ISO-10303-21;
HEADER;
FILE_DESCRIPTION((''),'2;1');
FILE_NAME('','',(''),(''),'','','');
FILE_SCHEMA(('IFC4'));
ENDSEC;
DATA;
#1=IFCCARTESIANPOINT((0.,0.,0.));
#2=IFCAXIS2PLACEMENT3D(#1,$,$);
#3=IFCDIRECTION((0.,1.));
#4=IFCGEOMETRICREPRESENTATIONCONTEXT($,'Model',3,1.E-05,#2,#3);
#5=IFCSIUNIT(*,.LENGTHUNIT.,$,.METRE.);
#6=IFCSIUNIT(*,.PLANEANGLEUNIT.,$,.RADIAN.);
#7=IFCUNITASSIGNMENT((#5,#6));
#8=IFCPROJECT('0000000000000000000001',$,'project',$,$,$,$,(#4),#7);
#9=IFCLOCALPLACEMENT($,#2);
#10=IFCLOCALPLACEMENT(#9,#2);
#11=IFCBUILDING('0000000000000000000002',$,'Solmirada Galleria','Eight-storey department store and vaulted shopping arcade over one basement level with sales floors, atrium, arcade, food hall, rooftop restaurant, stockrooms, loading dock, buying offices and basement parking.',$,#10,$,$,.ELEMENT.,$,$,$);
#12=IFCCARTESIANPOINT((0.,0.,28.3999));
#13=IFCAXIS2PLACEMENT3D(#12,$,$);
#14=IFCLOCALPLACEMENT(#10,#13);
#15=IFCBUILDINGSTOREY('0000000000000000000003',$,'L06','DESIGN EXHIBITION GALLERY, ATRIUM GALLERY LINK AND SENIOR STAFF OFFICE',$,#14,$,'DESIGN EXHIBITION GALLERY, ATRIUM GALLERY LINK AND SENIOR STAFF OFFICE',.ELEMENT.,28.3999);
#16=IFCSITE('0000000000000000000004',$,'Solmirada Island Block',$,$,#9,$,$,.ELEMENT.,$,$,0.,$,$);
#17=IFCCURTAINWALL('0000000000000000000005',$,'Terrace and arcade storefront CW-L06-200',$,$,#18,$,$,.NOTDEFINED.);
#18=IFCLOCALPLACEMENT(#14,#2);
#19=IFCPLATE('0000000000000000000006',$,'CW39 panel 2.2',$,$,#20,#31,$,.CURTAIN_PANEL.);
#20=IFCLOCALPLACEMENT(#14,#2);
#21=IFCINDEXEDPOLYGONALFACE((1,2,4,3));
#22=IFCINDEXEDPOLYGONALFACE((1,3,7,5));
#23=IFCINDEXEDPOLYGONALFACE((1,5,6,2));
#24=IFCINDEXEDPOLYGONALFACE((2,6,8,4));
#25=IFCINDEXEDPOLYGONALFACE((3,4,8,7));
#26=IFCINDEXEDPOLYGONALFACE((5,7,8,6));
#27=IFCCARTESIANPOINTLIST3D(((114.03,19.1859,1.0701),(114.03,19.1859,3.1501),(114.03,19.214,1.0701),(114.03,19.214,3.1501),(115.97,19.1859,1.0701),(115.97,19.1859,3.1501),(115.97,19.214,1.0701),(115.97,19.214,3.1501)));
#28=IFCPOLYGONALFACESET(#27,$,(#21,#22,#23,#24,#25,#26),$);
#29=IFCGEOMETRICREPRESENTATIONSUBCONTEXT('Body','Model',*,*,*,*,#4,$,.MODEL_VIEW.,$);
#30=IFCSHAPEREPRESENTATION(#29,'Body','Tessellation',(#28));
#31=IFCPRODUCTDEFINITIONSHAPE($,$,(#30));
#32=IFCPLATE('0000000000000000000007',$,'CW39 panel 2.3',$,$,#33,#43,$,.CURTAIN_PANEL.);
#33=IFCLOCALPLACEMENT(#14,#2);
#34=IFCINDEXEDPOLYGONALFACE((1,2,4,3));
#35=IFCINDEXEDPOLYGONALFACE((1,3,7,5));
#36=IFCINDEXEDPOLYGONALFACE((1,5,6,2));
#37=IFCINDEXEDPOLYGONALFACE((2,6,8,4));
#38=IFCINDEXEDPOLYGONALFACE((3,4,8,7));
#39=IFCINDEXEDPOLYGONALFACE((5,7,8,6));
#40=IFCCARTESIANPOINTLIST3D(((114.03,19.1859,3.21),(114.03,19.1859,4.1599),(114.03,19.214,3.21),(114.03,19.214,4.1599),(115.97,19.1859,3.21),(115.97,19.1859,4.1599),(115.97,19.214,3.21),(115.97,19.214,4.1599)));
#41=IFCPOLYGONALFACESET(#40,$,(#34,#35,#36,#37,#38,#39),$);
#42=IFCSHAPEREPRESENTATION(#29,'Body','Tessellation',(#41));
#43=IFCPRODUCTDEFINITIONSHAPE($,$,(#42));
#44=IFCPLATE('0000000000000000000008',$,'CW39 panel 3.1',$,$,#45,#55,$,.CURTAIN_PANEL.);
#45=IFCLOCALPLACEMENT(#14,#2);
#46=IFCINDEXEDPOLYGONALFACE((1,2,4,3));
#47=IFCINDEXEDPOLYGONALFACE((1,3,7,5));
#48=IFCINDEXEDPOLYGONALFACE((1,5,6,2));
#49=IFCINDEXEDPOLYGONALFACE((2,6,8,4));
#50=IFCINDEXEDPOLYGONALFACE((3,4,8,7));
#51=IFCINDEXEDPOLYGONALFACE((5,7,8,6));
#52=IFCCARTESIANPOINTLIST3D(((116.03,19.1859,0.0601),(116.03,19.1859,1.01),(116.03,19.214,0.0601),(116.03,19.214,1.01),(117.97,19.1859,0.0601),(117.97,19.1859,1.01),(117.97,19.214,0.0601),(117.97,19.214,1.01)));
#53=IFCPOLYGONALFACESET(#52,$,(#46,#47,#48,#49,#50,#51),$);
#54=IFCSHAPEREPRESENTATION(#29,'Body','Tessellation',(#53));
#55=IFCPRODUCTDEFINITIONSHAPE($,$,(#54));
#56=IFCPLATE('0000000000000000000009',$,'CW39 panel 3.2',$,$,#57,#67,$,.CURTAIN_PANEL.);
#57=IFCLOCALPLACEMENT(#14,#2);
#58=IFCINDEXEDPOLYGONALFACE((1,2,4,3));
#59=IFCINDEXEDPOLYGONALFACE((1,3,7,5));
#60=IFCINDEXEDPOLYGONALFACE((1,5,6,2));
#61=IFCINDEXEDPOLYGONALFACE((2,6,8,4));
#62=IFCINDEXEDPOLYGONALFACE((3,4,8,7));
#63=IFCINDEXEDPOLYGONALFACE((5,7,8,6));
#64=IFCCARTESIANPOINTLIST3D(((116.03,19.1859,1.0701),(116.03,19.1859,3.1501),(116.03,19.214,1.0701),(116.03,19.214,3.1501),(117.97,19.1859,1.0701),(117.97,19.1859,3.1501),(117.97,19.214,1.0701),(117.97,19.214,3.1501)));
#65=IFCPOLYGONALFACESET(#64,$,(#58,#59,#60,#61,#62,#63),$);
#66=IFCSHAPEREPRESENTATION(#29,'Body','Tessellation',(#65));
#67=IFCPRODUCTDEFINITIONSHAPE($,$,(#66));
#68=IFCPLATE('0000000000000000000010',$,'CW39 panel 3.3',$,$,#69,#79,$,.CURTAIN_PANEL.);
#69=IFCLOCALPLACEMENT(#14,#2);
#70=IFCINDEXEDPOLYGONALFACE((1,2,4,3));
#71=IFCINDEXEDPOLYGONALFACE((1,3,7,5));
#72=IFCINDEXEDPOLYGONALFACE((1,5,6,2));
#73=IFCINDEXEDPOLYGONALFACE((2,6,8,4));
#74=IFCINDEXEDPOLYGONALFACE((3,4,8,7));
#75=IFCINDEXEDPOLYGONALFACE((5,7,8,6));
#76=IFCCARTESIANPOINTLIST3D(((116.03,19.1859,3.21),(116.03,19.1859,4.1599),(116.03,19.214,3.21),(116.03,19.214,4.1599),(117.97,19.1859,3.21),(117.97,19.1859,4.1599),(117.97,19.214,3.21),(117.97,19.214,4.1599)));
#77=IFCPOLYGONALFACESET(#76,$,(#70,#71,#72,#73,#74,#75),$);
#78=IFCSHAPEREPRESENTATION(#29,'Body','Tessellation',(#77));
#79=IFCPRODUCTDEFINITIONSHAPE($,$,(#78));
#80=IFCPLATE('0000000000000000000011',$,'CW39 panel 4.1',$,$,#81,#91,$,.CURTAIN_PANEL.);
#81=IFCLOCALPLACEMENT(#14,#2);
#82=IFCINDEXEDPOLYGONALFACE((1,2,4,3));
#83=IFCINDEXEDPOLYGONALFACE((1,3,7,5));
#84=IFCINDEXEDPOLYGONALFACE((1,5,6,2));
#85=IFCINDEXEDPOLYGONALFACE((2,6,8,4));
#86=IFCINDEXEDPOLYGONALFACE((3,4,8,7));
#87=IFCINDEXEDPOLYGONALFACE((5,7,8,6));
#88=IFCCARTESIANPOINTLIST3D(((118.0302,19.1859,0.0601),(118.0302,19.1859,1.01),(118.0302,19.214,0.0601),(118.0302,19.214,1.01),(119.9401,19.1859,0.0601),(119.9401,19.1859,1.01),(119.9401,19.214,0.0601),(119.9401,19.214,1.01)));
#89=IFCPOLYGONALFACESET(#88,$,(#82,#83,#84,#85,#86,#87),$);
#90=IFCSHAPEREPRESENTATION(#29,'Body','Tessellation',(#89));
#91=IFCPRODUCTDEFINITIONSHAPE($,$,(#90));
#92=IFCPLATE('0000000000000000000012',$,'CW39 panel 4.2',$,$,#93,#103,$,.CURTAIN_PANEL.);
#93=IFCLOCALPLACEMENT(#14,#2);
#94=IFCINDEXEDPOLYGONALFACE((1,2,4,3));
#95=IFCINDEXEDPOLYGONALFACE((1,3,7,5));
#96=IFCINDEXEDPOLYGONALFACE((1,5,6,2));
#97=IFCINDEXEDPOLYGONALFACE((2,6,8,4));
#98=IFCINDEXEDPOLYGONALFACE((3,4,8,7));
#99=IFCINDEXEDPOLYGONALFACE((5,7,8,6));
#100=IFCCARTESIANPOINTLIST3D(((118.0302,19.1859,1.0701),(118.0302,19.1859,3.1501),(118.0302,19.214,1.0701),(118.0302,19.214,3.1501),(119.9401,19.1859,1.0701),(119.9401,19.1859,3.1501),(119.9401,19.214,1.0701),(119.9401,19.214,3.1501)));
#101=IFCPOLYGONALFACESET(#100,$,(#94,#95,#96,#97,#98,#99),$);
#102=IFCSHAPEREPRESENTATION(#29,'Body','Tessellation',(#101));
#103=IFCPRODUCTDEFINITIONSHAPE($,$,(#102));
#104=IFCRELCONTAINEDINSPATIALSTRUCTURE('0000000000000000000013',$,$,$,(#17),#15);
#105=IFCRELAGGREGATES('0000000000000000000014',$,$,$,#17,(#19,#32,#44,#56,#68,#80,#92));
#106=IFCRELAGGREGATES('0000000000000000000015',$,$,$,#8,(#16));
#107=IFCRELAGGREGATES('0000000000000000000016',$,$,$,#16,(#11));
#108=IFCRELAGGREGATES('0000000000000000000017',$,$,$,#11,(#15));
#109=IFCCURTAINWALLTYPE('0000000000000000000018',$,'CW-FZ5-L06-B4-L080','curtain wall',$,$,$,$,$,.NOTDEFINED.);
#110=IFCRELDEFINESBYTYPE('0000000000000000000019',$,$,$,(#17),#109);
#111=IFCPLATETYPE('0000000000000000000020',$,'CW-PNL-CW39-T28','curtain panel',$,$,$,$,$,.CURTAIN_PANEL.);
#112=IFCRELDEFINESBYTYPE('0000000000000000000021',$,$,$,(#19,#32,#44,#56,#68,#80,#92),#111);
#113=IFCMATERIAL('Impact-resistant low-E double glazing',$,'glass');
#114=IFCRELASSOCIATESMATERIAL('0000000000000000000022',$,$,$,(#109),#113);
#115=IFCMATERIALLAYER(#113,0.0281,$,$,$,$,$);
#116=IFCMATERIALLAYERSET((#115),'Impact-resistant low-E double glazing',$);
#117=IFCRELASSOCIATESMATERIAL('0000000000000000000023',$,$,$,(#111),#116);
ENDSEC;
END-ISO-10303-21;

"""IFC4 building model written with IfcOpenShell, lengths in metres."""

from ifc_helpers import new_model, si_unit, direction, frame, origin, origin_2d, place, context, subcontext, project, spatial, rectangle, extrude, material, layer, layer_set, type_object, element, aggregate, save


model = new_model("IFC4")

# Units and contexts
model_context = context("Model", 3, precision=1e-05, world=origin(), true_north=direction((0.0, 1.0)))
body_context = subcontext(model_context, "Body", "Model", "MODEL_VIEW")
ifc_project = project(units=[si_unit("LENGTHUNIT", "METRE"), si_unit("PLANEANGLEUNIT", "RADIAN")], contexts=[model_context])

# Site, building, storey
site_placement = place(None, origin())
site = spatial("IfcSite", under=ifc_project, at=site_placement, Name="Solmirada Island Block", CompositionType="ELEMENT", RefElevation=0.0)
building_placement = place(site_placement, origin())
building = spatial("IfcBuilding", under=site, at=building_placement, Name="Solmirada Galleria", Description="Eight-storey department store and vaulted shopping arcade over one basement level with sales floors, atrium, arcade, food hall, rooftop restaurant, stockrooms, loading dock, buying offices and basement parking.", CompositionType="ELEMENT")
storey_placement = place(building_placement, frame((0.0, 0.0, 28.3999)))
storey = spatial("IfcBuildingStorey", under=building, at=storey_placement, Name="L06", Description="DESIGN EXHIBITION GALLERY, ATRIUM GALLERY LINK AND SENIOR STAFF OFFICE", LongName="DESIGN EXHIBITION GALLERY, ATRIUM GALLERY LINK AND SENIOR STAFF OFFICE", CompositionType="ELEMENT", Elevation=28.3999)

# Curtain wall, plates
ifc_material_1 = material(Name="Impact-resistant low-E double glazing", Category="glass")
curtain_wall_type = type_object("IfcCurtainWallType", Name="CW-FZ5-L06-B4-L080", Description="curtain wall", PredefinedType="NOTDEFINED", material=ifc_material_1)
curtain_wall_placement = place(storey_placement, origin())
curtain_wall = element("IfcCurtainWall", 1, at=curtain_wall_placement, inside=storey, type_object=curtain_wall_type, Name="Terrace and arcade storefront CW-L06-200", PredefinedType="NOTDEFINED")
ifc_layer = layer(ifc_material_1, 0.0281)
ifc_layer_set = layer_set([ifc_layer], Name="Impact-resistant low-E double glazing")
plate_type = type_object("IfcPlateType", Name="CW-PNL-CW39-T28", Description="curtain panel", PredefinedType="CURTAIN_PANEL", material=ifc_layer_set)
plate_1_placement = place(storey_placement, frame((115.0, 19.2, 1.0701), z_axis=(0.0, 0.0, 1.0), x_axis=(1.0, 0.0, 0.0)))
plate_1 = element("IfcPlate", 2, at=plate_1_placement, type_object=plate_type, Name="CW39 panel 2.2", PredefinedType="CURTAIN_PANEL", context=body_context, shape_type="SweptSolid", body=[
    extrude(rectangle(XDim=1.9399, YDim=0.0281, at=origin_2d()), origin(), (0.0, 0.0, 1.0), 2.0801),
])
plate_2_placement = place(storey_placement, frame((115.0, 19.2, 3.21), z_axis=(0.0, 0.0, 1.0), x_axis=(1.0, 0.0, 0.0)))
plate_2 = element("IfcPlate", 3, at=plate_2_placement, type_object=plate_type, Name="CW39 panel 2.3", PredefinedType="CURTAIN_PANEL", context=body_context, shape_type="SweptSolid", body=[
    extrude(rectangle(XDim=1.9399, YDim=0.0281, at=origin_2d()), origin(), (0.0, 0.0, 1.0), 0.95),
])
plate_3_placement = place(storey_placement, frame((117.0, 19.2, 0.0601), z_axis=(0.0, 0.0, 1.0), x_axis=(1.0, 0.0, 0.0)))
plate_3 = element("IfcPlate", 4, at=plate_3_placement, type_object=plate_type, Name="CW39 panel 3.1", PredefinedType="CURTAIN_PANEL", context=body_context, shape_type="SweptSolid", body=[
    extrude(rectangle(XDim=1.9399, YDim=0.0281, at=origin_2d()), origin(), (0.0, 0.0, 1.0), 0.95),
])
plate_4_placement = place(storey_placement, frame((117.0, 19.2, 1.0701), z_axis=(0.0, 0.0, 1.0), x_axis=(1.0, 0.0, 0.0)))
plate_4 = element("IfcPlate", 5, at=plate_4_placement, type_object=plate_type, Name="CW39 panel 3.2", PredefinedType="CURTAIN_PANEL", context=body_context, shape_type="SweptSolid", body=[
    extrude(rectangle(XDim=1.9399, YDim=0.0281, at=origin_2d()), origin(), (0.0, 0.0, 1.0), 2.0801),
])
plate_5_placement = place(storey_placement, frame((117.0, 19.2, 3.21), z_axis=(0.0, 0.0, 1.0), x_axis=(1.0, 0.0, 0.0)))
plate_5 = element("IfcPlate", 6, at=plate_5_placement, type_object=plate_type, Name="CW39 panel 3.3", PredefinedType="CURTAIN_PANEL", context=body_context, shape_type="SweptSolid", body=[
    extrude(rectangle(XDim=1.9399, YDim=0.0281, at=origin_2d()), origin(), (0.0, 0.0, 1.0), 0.95),
])
plate_6_placement = place(storey_placement, frame((118.9851, 19.2, 0.0601), z_axis=(0.0, 0.0, 1.0), x_axis=(1.0, 0.0, 0.0)))
plate_6 = element("IfcPlate", 7, at=plate_6_placement, type_object=plate_type, Name="CW39 panel 4.1", PredefinedType="CURTAIN_PANEL", context=body_context, shape_type="SweptSolid", body=[
    extrude(rectangle(XDim=1.9099, YDim=0.0281, at=origin_2d()), origin(), (0.0, 0.0, 1.0), 0.95),
])
plate_7_placement = place(storey_placement, frame((118.9851, 19.2, 1.0701), z_axis=(0.0, 0.0, 1.0), x_axis=(1.0, 0.0, 0.0)))
plate_7 = element("IfcPlate", 8, at=plate_7_placement, type_object=plate_type, Name="CW39 panel 4.2", PredefinedType="CURTAIN_PANEL", context=body_context, shape_type="SweptSolid", body=[
    extrude(rectangle(XDim=1.9099, YDim=0.0281, at=origin_2d()), origin(), (0.0, 0.0, 1.0), 2.0801),
])
aggregate(curtain_wall, [plate_1, plate_2, plate_3, plate_4, plate_5, plate_6, plate_7])

save(model, "model.ifc")
